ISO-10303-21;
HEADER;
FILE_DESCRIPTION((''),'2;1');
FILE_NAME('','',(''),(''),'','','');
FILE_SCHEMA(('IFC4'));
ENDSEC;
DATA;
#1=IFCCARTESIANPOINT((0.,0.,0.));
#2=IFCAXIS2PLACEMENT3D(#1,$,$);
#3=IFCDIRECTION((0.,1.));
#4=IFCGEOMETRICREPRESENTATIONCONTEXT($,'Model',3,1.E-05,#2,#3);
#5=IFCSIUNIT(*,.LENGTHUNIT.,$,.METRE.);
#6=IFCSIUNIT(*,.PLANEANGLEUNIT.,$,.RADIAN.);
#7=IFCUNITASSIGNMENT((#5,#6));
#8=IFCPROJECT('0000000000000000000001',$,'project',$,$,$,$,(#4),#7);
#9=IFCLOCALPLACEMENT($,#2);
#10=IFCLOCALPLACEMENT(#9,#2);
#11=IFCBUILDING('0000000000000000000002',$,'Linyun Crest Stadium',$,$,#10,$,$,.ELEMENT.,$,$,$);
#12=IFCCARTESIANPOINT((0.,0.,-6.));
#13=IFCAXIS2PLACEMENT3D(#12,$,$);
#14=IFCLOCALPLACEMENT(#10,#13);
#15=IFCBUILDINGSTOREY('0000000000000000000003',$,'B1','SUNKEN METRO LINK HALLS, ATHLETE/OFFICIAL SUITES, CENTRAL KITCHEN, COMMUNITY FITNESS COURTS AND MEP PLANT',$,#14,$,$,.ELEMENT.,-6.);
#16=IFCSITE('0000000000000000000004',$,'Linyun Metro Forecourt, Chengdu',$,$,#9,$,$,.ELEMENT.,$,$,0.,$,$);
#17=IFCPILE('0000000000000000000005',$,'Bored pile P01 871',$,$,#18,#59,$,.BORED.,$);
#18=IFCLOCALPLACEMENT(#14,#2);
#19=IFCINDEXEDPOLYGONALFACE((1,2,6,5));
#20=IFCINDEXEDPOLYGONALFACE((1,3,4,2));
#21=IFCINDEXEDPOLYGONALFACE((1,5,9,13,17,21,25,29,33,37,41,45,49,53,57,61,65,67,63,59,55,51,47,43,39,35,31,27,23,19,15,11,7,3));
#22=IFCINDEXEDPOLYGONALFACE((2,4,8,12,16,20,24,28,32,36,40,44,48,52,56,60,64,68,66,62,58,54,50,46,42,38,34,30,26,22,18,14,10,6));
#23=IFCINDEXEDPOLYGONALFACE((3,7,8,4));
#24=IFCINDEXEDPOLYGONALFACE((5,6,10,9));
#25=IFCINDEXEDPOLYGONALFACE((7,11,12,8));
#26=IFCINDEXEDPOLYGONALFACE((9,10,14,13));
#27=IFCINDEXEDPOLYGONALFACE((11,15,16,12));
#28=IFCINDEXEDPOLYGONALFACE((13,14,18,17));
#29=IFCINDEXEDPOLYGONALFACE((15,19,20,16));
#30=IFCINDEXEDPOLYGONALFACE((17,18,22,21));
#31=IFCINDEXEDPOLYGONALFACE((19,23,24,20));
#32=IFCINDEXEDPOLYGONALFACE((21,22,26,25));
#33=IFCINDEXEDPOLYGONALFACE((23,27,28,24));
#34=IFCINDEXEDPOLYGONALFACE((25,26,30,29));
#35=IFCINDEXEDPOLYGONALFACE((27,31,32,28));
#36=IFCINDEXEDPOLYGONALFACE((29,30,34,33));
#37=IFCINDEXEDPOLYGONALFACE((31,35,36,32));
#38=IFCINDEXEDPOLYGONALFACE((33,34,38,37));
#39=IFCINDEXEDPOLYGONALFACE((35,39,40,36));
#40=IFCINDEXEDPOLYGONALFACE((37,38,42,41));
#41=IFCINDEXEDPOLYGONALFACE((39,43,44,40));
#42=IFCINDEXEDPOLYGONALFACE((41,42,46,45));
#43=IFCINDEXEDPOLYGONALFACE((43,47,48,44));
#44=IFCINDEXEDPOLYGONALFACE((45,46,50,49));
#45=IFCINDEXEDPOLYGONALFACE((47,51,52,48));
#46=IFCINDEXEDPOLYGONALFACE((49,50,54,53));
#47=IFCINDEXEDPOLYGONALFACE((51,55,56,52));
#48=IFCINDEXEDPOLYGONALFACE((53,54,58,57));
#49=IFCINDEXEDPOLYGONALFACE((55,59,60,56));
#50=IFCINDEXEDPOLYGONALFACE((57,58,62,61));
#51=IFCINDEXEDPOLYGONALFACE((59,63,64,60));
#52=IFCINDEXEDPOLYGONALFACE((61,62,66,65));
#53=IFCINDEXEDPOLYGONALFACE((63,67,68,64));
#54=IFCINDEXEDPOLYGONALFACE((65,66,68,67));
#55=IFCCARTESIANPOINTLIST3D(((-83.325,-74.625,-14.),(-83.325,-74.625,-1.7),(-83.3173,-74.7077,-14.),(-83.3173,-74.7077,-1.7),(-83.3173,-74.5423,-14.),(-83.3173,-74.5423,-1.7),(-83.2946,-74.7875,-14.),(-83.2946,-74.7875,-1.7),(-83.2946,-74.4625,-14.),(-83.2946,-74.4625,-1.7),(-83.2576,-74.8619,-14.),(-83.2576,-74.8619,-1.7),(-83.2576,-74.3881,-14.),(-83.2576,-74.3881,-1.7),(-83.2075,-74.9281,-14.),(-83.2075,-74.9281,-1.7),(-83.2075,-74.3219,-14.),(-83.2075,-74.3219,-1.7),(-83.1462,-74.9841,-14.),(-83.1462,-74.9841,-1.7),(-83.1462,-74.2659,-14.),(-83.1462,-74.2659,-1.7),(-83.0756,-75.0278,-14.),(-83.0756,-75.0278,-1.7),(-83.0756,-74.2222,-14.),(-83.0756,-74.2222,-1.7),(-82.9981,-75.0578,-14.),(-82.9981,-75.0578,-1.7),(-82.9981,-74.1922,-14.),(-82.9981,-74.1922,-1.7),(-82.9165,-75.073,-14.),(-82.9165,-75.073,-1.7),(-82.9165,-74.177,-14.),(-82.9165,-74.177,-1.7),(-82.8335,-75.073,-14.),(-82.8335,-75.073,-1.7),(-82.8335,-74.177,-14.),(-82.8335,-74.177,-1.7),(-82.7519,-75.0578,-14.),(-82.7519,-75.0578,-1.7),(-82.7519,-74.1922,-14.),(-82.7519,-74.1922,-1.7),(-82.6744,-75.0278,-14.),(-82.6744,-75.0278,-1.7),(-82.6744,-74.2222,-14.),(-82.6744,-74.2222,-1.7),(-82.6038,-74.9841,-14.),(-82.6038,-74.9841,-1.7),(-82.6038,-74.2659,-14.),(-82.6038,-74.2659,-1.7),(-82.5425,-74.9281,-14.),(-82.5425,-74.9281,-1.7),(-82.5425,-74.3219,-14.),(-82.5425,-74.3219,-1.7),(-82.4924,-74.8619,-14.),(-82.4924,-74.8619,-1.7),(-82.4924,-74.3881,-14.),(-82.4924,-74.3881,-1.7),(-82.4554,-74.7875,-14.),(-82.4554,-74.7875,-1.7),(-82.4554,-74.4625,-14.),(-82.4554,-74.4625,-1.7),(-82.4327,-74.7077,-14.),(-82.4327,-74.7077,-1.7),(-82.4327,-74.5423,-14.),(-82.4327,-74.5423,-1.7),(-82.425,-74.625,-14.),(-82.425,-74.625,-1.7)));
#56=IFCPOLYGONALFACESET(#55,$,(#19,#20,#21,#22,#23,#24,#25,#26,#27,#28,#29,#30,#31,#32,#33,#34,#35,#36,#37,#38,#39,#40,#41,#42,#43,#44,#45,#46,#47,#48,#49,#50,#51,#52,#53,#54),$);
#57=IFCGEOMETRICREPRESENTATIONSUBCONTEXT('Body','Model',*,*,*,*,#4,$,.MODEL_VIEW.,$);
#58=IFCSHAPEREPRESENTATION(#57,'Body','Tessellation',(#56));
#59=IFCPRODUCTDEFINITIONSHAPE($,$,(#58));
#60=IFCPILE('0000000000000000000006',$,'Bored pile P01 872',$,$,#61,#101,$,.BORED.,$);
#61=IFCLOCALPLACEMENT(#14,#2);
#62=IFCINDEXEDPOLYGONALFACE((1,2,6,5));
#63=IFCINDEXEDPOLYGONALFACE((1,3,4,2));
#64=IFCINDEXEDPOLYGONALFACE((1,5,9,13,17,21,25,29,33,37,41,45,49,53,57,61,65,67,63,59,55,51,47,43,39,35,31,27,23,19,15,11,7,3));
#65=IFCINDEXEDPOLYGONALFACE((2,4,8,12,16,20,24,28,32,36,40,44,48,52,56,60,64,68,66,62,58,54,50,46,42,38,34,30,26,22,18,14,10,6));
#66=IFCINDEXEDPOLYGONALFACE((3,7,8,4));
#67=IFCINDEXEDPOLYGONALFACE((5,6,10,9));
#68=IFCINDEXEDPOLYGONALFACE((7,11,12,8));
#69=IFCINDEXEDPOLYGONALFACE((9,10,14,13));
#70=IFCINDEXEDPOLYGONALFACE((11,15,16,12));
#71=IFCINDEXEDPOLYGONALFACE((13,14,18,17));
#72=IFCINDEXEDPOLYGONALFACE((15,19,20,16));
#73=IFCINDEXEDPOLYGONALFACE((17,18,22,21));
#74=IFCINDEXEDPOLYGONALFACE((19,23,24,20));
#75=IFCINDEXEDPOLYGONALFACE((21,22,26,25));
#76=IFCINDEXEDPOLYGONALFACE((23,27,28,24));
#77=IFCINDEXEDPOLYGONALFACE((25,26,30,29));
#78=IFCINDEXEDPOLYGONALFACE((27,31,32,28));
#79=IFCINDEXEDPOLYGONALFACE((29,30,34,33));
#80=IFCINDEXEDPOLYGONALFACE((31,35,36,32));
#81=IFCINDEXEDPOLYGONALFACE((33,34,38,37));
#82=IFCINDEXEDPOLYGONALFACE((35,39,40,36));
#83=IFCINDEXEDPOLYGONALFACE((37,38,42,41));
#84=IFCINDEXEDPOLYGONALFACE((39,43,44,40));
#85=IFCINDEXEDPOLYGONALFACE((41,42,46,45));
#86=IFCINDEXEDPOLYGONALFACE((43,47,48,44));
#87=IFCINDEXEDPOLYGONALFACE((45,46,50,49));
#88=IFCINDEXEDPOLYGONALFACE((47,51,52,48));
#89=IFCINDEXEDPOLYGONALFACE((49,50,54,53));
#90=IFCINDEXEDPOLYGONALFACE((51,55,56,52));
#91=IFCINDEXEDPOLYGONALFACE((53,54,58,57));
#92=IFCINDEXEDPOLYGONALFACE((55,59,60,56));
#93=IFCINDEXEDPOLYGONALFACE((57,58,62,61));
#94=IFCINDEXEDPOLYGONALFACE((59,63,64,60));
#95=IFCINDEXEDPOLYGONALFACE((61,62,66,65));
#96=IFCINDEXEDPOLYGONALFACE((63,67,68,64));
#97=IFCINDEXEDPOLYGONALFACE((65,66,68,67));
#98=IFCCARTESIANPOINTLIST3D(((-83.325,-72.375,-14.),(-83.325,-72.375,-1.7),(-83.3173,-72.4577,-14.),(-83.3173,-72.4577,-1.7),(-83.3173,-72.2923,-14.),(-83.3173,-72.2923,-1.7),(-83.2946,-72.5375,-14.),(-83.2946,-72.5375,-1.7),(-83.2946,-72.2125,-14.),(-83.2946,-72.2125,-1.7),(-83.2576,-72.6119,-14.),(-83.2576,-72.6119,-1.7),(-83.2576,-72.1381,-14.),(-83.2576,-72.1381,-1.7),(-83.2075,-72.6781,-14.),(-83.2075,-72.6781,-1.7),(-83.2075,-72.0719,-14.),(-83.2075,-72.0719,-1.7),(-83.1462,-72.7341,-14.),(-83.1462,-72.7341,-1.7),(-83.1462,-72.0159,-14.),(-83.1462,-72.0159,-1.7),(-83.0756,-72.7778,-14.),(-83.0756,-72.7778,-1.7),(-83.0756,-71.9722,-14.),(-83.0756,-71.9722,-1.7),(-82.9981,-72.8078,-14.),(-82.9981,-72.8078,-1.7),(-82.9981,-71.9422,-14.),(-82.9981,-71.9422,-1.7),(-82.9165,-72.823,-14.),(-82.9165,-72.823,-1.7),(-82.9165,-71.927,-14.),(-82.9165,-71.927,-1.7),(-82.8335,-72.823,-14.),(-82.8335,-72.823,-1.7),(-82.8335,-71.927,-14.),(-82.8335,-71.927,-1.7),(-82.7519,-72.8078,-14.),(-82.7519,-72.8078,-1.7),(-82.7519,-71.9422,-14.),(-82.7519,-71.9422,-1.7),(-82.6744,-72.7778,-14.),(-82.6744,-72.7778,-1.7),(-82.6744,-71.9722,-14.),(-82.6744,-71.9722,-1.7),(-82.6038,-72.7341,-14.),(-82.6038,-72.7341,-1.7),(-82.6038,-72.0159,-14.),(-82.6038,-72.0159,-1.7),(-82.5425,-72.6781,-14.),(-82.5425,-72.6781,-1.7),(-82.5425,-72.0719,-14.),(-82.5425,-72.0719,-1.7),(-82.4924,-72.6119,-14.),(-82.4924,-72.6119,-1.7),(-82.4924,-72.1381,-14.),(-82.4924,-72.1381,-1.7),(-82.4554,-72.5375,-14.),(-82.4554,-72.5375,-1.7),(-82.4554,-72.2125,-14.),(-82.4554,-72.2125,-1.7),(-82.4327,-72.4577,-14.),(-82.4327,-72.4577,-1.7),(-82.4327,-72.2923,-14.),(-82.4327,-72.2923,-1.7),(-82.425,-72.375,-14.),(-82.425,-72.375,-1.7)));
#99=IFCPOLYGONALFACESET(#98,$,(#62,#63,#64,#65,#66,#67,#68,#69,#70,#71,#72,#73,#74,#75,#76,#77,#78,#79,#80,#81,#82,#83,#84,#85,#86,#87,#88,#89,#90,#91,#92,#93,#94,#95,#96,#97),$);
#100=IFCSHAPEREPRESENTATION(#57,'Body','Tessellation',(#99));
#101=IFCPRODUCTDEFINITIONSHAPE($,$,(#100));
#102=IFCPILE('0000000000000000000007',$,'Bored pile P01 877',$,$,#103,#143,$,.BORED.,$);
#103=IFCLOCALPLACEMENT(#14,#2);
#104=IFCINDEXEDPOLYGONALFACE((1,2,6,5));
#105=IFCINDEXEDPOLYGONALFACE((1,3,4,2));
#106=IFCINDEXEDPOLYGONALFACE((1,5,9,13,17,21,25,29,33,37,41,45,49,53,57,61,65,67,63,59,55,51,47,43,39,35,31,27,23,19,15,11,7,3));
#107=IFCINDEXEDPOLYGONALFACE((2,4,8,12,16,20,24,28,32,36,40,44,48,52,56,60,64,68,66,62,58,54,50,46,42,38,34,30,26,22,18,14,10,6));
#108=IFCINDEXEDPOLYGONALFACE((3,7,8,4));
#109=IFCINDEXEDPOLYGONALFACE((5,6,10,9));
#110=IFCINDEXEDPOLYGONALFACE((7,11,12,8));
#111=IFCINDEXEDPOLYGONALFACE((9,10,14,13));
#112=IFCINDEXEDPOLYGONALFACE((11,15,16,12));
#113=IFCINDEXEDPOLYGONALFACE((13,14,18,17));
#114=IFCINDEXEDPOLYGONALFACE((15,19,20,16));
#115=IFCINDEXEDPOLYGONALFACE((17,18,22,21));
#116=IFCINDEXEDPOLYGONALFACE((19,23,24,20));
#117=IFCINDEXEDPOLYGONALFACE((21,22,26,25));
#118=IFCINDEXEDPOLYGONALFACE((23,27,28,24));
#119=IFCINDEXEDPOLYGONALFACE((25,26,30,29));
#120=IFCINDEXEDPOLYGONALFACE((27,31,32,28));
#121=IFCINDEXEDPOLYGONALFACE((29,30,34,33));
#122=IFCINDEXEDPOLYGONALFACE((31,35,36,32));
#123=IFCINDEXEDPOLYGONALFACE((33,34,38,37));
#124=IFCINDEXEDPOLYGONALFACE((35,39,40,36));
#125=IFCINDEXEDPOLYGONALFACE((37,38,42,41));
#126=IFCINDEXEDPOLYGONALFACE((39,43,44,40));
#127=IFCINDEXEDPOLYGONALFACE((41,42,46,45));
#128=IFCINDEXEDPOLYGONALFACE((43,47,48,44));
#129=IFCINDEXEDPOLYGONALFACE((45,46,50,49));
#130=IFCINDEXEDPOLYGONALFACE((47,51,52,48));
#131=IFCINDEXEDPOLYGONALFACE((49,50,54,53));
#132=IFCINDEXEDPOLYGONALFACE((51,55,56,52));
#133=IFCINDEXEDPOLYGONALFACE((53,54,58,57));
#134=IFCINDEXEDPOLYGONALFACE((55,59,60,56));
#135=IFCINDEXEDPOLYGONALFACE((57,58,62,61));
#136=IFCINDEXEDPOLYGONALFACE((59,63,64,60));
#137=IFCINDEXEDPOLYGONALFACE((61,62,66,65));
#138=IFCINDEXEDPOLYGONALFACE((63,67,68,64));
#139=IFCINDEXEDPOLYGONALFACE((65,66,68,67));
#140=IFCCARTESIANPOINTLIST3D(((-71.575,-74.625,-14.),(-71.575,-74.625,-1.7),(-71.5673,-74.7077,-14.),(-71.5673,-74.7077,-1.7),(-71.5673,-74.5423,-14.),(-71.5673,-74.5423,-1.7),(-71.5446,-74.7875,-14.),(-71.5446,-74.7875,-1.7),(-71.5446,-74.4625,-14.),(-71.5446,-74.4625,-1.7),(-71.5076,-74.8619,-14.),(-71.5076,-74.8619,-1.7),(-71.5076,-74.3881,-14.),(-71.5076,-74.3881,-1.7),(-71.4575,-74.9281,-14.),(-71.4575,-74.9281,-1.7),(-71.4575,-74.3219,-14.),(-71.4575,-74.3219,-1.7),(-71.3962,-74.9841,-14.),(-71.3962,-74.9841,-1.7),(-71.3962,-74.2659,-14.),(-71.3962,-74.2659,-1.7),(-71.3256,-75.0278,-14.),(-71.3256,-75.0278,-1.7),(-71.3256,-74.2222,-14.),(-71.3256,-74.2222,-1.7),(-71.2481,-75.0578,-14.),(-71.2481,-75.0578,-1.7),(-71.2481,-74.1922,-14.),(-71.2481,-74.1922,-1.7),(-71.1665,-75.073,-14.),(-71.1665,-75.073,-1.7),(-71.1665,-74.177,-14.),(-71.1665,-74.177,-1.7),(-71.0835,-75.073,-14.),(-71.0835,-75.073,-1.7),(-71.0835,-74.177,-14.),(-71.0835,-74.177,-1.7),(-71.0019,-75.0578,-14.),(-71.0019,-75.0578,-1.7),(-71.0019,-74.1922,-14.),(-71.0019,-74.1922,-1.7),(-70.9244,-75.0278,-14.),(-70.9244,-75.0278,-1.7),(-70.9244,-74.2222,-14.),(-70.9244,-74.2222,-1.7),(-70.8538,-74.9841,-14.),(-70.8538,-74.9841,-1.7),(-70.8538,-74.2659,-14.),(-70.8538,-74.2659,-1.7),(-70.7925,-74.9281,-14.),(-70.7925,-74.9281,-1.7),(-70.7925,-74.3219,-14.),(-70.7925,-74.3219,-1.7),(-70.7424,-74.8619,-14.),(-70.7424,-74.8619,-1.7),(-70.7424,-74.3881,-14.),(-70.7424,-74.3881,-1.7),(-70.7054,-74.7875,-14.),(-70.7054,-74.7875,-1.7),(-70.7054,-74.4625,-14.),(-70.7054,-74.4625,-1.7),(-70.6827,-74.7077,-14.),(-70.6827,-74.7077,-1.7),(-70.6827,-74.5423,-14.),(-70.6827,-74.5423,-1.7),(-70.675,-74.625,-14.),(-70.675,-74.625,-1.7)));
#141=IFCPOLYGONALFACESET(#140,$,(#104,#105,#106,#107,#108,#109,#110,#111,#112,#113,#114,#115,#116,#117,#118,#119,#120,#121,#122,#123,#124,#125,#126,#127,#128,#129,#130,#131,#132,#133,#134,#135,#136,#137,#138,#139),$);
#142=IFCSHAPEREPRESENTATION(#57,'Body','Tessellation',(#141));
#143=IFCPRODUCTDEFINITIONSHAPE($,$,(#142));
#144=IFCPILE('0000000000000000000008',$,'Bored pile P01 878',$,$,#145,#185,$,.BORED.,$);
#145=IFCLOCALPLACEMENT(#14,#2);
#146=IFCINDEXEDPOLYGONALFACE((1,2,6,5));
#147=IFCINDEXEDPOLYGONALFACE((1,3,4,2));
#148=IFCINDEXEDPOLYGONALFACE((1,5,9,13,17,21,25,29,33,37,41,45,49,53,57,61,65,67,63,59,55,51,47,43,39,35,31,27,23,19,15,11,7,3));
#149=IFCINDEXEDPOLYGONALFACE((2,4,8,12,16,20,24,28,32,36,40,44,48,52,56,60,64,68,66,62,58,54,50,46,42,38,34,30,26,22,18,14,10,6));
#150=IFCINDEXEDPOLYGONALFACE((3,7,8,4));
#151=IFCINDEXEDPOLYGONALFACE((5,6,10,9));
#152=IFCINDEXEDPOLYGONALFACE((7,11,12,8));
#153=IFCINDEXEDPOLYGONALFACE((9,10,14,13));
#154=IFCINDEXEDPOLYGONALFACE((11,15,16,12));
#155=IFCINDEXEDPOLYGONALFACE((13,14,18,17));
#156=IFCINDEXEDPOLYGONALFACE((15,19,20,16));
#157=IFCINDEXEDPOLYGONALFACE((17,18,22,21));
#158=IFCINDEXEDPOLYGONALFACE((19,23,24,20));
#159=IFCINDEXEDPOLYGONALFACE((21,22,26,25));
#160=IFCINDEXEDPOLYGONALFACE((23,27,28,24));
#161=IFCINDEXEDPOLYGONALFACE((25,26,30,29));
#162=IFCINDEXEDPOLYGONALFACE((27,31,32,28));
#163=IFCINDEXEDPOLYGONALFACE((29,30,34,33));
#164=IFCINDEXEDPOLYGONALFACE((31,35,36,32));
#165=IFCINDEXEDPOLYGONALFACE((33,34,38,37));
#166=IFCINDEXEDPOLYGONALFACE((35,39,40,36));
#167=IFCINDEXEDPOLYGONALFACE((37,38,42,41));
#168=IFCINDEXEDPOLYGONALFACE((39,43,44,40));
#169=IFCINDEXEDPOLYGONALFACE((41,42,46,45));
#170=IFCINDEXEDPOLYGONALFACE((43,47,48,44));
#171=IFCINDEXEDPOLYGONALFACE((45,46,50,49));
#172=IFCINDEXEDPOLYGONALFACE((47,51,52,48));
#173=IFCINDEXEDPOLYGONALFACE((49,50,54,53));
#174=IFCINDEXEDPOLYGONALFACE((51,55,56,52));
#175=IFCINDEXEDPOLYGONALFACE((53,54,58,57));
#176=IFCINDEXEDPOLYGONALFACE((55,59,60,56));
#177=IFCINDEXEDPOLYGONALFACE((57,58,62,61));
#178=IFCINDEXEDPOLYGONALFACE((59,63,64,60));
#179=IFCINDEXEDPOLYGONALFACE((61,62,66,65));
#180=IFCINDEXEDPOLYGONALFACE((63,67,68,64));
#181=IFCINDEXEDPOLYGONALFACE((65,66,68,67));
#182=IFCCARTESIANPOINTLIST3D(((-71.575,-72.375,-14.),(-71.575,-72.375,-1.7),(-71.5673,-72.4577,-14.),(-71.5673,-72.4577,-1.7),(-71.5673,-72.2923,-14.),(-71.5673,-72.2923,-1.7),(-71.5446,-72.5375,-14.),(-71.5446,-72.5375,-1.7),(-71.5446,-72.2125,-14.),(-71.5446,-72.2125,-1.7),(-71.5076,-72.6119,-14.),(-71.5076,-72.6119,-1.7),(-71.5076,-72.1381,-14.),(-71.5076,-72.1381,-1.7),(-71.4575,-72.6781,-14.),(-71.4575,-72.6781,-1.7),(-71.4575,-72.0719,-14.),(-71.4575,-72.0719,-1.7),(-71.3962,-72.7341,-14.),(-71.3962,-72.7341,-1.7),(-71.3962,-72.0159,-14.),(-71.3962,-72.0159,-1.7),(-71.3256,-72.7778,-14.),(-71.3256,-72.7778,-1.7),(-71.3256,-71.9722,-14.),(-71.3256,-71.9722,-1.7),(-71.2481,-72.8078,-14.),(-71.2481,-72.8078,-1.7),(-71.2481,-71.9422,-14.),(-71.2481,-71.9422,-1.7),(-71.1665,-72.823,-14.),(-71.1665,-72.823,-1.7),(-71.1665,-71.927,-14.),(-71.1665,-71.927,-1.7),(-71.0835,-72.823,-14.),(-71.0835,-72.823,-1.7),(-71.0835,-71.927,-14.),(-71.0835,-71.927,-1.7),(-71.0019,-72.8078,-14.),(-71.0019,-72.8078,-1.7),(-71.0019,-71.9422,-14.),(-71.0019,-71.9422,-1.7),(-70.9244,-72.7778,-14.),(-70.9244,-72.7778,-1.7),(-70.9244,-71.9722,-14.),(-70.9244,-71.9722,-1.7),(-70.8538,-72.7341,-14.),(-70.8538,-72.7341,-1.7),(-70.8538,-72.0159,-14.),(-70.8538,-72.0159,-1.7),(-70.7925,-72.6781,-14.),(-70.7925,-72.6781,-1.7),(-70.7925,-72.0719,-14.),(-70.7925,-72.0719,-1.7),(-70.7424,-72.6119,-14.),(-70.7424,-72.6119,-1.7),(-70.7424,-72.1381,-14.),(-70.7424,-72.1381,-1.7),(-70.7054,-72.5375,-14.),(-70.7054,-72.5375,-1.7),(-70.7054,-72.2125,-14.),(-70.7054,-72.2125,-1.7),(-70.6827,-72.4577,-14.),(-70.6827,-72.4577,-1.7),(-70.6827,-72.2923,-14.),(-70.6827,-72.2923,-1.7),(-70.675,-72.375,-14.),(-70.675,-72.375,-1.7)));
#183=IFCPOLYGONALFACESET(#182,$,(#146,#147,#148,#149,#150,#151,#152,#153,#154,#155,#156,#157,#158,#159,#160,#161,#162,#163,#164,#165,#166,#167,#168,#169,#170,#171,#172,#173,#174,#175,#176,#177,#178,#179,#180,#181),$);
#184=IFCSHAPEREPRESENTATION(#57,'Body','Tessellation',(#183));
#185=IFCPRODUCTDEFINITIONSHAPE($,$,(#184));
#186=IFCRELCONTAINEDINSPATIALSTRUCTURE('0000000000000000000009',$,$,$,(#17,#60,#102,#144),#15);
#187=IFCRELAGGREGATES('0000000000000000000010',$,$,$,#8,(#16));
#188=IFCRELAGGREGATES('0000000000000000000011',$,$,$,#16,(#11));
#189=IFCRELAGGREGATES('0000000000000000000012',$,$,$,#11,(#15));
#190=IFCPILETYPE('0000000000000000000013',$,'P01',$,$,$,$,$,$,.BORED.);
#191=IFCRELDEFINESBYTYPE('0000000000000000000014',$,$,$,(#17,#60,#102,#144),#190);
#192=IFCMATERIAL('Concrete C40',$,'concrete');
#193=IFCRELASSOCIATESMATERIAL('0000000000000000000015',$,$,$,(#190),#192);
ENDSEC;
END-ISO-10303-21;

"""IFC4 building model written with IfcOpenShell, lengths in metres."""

from ifc_helpers import new_model, si_unit, direction, frame, origin, origin_2d, place, context, subcontext, project, spatial, circle, extrude, material, material_profile, profile_set, type_object, element, save


model = new_model("IFC4")

# Units and contexts
model_context = context("Model", 3, precision=1e-05, world=origin(), true_north=direction((0.0, 1.0)))
body_context = subcontext(model_context, "Body", "Model", "MODEL_VIEW")
ifc_project = project(units=[si_unit("LENGTHUNIT", "METRE"), si_unit("PLANEANGLEUNIT", "RADIAN")], contexts=[model_context])

# Site, building, storey
site_placement = place(None, origin())
site = spatial("IfcSite", under=ifc_project, at=site_placement, Name="Linyun Metro Forecourt, Chengdu", CompositionType="ELEMENT", RefElevation=0.0)
building_placement = place(site_placement, origin())
building = spatial("IfcBuilding", under=site, at=building_placement, Name="Linyun Crest Stadium", CompositionType="ELEMENT")
storey_placement = place(building_placement, frame((0.0, 0.0, -6.0)))
storey = spatial("IfcBuildingStorey", under=building, at=storey_placement, Name="B1", Description="SUNKEN METRO LINK HALLS, ATHLETE/OFFICIAL SUITES, CENTRAL KITCHEN, COMMUNITY FITNESS COURTS AND MEP PLANT", CompositionType="ELEMENT", Elevation=-6.0)

# Piles
ifc_material_1 = material(Name="Concrete C40", Category="concrete")
ifc_material_profile_1 = material_profile(ifc_material_1, circle(Radius=0.45, at=origin_2d()), Name="BORED PILE 900")
ifc_profile_set_1 = profile_set([ifc_material_profile_1], Name="Concrete C40")
pile_type = type_object("IfcPileType", Name="P01", PredefinedType="BORED", material=ifc_profile_set_1)
for number, where, z_axis, x_axis, name in (
    (1, (-82.875, -74.625, -1.7), (0.0, 0.0, -1.0), (1.0, 0.0, 0.0), "Bored pile P01 871"),
    (2, (-82.875, -72.375, -1.7), (0.0, 0.0, -1.0), (1.0, 0.0, 0.0), "Bored pile P01 872"),
    (3, (-71.125, -74.625, -1.7), (0.0, 0.0, -1.0), (1.0, 0.0, 0.0), "Bored pile P01 877"),
    (4, (-71.125, -72.375, -1.7), (0.0, 0.0, -1.0), (1.0, 0.0, 0.0), "Bored pile P01 878"),
):
    element("IfcPile", number, at=place(storey_placement, frame(where, z_axis=z_axis, x_axis=x_axis)), inside=storey, type_object=pile_type, Name=name, PredefinedType="BORED", context=body_context, shape_type="SweptSolid", body=[
        extrude(circle(Radius=0.45, at=origin_2d()), origin(), (0.0, 0.0, 1.0), 12.3),
    ])

save(model, "model.ifc")
